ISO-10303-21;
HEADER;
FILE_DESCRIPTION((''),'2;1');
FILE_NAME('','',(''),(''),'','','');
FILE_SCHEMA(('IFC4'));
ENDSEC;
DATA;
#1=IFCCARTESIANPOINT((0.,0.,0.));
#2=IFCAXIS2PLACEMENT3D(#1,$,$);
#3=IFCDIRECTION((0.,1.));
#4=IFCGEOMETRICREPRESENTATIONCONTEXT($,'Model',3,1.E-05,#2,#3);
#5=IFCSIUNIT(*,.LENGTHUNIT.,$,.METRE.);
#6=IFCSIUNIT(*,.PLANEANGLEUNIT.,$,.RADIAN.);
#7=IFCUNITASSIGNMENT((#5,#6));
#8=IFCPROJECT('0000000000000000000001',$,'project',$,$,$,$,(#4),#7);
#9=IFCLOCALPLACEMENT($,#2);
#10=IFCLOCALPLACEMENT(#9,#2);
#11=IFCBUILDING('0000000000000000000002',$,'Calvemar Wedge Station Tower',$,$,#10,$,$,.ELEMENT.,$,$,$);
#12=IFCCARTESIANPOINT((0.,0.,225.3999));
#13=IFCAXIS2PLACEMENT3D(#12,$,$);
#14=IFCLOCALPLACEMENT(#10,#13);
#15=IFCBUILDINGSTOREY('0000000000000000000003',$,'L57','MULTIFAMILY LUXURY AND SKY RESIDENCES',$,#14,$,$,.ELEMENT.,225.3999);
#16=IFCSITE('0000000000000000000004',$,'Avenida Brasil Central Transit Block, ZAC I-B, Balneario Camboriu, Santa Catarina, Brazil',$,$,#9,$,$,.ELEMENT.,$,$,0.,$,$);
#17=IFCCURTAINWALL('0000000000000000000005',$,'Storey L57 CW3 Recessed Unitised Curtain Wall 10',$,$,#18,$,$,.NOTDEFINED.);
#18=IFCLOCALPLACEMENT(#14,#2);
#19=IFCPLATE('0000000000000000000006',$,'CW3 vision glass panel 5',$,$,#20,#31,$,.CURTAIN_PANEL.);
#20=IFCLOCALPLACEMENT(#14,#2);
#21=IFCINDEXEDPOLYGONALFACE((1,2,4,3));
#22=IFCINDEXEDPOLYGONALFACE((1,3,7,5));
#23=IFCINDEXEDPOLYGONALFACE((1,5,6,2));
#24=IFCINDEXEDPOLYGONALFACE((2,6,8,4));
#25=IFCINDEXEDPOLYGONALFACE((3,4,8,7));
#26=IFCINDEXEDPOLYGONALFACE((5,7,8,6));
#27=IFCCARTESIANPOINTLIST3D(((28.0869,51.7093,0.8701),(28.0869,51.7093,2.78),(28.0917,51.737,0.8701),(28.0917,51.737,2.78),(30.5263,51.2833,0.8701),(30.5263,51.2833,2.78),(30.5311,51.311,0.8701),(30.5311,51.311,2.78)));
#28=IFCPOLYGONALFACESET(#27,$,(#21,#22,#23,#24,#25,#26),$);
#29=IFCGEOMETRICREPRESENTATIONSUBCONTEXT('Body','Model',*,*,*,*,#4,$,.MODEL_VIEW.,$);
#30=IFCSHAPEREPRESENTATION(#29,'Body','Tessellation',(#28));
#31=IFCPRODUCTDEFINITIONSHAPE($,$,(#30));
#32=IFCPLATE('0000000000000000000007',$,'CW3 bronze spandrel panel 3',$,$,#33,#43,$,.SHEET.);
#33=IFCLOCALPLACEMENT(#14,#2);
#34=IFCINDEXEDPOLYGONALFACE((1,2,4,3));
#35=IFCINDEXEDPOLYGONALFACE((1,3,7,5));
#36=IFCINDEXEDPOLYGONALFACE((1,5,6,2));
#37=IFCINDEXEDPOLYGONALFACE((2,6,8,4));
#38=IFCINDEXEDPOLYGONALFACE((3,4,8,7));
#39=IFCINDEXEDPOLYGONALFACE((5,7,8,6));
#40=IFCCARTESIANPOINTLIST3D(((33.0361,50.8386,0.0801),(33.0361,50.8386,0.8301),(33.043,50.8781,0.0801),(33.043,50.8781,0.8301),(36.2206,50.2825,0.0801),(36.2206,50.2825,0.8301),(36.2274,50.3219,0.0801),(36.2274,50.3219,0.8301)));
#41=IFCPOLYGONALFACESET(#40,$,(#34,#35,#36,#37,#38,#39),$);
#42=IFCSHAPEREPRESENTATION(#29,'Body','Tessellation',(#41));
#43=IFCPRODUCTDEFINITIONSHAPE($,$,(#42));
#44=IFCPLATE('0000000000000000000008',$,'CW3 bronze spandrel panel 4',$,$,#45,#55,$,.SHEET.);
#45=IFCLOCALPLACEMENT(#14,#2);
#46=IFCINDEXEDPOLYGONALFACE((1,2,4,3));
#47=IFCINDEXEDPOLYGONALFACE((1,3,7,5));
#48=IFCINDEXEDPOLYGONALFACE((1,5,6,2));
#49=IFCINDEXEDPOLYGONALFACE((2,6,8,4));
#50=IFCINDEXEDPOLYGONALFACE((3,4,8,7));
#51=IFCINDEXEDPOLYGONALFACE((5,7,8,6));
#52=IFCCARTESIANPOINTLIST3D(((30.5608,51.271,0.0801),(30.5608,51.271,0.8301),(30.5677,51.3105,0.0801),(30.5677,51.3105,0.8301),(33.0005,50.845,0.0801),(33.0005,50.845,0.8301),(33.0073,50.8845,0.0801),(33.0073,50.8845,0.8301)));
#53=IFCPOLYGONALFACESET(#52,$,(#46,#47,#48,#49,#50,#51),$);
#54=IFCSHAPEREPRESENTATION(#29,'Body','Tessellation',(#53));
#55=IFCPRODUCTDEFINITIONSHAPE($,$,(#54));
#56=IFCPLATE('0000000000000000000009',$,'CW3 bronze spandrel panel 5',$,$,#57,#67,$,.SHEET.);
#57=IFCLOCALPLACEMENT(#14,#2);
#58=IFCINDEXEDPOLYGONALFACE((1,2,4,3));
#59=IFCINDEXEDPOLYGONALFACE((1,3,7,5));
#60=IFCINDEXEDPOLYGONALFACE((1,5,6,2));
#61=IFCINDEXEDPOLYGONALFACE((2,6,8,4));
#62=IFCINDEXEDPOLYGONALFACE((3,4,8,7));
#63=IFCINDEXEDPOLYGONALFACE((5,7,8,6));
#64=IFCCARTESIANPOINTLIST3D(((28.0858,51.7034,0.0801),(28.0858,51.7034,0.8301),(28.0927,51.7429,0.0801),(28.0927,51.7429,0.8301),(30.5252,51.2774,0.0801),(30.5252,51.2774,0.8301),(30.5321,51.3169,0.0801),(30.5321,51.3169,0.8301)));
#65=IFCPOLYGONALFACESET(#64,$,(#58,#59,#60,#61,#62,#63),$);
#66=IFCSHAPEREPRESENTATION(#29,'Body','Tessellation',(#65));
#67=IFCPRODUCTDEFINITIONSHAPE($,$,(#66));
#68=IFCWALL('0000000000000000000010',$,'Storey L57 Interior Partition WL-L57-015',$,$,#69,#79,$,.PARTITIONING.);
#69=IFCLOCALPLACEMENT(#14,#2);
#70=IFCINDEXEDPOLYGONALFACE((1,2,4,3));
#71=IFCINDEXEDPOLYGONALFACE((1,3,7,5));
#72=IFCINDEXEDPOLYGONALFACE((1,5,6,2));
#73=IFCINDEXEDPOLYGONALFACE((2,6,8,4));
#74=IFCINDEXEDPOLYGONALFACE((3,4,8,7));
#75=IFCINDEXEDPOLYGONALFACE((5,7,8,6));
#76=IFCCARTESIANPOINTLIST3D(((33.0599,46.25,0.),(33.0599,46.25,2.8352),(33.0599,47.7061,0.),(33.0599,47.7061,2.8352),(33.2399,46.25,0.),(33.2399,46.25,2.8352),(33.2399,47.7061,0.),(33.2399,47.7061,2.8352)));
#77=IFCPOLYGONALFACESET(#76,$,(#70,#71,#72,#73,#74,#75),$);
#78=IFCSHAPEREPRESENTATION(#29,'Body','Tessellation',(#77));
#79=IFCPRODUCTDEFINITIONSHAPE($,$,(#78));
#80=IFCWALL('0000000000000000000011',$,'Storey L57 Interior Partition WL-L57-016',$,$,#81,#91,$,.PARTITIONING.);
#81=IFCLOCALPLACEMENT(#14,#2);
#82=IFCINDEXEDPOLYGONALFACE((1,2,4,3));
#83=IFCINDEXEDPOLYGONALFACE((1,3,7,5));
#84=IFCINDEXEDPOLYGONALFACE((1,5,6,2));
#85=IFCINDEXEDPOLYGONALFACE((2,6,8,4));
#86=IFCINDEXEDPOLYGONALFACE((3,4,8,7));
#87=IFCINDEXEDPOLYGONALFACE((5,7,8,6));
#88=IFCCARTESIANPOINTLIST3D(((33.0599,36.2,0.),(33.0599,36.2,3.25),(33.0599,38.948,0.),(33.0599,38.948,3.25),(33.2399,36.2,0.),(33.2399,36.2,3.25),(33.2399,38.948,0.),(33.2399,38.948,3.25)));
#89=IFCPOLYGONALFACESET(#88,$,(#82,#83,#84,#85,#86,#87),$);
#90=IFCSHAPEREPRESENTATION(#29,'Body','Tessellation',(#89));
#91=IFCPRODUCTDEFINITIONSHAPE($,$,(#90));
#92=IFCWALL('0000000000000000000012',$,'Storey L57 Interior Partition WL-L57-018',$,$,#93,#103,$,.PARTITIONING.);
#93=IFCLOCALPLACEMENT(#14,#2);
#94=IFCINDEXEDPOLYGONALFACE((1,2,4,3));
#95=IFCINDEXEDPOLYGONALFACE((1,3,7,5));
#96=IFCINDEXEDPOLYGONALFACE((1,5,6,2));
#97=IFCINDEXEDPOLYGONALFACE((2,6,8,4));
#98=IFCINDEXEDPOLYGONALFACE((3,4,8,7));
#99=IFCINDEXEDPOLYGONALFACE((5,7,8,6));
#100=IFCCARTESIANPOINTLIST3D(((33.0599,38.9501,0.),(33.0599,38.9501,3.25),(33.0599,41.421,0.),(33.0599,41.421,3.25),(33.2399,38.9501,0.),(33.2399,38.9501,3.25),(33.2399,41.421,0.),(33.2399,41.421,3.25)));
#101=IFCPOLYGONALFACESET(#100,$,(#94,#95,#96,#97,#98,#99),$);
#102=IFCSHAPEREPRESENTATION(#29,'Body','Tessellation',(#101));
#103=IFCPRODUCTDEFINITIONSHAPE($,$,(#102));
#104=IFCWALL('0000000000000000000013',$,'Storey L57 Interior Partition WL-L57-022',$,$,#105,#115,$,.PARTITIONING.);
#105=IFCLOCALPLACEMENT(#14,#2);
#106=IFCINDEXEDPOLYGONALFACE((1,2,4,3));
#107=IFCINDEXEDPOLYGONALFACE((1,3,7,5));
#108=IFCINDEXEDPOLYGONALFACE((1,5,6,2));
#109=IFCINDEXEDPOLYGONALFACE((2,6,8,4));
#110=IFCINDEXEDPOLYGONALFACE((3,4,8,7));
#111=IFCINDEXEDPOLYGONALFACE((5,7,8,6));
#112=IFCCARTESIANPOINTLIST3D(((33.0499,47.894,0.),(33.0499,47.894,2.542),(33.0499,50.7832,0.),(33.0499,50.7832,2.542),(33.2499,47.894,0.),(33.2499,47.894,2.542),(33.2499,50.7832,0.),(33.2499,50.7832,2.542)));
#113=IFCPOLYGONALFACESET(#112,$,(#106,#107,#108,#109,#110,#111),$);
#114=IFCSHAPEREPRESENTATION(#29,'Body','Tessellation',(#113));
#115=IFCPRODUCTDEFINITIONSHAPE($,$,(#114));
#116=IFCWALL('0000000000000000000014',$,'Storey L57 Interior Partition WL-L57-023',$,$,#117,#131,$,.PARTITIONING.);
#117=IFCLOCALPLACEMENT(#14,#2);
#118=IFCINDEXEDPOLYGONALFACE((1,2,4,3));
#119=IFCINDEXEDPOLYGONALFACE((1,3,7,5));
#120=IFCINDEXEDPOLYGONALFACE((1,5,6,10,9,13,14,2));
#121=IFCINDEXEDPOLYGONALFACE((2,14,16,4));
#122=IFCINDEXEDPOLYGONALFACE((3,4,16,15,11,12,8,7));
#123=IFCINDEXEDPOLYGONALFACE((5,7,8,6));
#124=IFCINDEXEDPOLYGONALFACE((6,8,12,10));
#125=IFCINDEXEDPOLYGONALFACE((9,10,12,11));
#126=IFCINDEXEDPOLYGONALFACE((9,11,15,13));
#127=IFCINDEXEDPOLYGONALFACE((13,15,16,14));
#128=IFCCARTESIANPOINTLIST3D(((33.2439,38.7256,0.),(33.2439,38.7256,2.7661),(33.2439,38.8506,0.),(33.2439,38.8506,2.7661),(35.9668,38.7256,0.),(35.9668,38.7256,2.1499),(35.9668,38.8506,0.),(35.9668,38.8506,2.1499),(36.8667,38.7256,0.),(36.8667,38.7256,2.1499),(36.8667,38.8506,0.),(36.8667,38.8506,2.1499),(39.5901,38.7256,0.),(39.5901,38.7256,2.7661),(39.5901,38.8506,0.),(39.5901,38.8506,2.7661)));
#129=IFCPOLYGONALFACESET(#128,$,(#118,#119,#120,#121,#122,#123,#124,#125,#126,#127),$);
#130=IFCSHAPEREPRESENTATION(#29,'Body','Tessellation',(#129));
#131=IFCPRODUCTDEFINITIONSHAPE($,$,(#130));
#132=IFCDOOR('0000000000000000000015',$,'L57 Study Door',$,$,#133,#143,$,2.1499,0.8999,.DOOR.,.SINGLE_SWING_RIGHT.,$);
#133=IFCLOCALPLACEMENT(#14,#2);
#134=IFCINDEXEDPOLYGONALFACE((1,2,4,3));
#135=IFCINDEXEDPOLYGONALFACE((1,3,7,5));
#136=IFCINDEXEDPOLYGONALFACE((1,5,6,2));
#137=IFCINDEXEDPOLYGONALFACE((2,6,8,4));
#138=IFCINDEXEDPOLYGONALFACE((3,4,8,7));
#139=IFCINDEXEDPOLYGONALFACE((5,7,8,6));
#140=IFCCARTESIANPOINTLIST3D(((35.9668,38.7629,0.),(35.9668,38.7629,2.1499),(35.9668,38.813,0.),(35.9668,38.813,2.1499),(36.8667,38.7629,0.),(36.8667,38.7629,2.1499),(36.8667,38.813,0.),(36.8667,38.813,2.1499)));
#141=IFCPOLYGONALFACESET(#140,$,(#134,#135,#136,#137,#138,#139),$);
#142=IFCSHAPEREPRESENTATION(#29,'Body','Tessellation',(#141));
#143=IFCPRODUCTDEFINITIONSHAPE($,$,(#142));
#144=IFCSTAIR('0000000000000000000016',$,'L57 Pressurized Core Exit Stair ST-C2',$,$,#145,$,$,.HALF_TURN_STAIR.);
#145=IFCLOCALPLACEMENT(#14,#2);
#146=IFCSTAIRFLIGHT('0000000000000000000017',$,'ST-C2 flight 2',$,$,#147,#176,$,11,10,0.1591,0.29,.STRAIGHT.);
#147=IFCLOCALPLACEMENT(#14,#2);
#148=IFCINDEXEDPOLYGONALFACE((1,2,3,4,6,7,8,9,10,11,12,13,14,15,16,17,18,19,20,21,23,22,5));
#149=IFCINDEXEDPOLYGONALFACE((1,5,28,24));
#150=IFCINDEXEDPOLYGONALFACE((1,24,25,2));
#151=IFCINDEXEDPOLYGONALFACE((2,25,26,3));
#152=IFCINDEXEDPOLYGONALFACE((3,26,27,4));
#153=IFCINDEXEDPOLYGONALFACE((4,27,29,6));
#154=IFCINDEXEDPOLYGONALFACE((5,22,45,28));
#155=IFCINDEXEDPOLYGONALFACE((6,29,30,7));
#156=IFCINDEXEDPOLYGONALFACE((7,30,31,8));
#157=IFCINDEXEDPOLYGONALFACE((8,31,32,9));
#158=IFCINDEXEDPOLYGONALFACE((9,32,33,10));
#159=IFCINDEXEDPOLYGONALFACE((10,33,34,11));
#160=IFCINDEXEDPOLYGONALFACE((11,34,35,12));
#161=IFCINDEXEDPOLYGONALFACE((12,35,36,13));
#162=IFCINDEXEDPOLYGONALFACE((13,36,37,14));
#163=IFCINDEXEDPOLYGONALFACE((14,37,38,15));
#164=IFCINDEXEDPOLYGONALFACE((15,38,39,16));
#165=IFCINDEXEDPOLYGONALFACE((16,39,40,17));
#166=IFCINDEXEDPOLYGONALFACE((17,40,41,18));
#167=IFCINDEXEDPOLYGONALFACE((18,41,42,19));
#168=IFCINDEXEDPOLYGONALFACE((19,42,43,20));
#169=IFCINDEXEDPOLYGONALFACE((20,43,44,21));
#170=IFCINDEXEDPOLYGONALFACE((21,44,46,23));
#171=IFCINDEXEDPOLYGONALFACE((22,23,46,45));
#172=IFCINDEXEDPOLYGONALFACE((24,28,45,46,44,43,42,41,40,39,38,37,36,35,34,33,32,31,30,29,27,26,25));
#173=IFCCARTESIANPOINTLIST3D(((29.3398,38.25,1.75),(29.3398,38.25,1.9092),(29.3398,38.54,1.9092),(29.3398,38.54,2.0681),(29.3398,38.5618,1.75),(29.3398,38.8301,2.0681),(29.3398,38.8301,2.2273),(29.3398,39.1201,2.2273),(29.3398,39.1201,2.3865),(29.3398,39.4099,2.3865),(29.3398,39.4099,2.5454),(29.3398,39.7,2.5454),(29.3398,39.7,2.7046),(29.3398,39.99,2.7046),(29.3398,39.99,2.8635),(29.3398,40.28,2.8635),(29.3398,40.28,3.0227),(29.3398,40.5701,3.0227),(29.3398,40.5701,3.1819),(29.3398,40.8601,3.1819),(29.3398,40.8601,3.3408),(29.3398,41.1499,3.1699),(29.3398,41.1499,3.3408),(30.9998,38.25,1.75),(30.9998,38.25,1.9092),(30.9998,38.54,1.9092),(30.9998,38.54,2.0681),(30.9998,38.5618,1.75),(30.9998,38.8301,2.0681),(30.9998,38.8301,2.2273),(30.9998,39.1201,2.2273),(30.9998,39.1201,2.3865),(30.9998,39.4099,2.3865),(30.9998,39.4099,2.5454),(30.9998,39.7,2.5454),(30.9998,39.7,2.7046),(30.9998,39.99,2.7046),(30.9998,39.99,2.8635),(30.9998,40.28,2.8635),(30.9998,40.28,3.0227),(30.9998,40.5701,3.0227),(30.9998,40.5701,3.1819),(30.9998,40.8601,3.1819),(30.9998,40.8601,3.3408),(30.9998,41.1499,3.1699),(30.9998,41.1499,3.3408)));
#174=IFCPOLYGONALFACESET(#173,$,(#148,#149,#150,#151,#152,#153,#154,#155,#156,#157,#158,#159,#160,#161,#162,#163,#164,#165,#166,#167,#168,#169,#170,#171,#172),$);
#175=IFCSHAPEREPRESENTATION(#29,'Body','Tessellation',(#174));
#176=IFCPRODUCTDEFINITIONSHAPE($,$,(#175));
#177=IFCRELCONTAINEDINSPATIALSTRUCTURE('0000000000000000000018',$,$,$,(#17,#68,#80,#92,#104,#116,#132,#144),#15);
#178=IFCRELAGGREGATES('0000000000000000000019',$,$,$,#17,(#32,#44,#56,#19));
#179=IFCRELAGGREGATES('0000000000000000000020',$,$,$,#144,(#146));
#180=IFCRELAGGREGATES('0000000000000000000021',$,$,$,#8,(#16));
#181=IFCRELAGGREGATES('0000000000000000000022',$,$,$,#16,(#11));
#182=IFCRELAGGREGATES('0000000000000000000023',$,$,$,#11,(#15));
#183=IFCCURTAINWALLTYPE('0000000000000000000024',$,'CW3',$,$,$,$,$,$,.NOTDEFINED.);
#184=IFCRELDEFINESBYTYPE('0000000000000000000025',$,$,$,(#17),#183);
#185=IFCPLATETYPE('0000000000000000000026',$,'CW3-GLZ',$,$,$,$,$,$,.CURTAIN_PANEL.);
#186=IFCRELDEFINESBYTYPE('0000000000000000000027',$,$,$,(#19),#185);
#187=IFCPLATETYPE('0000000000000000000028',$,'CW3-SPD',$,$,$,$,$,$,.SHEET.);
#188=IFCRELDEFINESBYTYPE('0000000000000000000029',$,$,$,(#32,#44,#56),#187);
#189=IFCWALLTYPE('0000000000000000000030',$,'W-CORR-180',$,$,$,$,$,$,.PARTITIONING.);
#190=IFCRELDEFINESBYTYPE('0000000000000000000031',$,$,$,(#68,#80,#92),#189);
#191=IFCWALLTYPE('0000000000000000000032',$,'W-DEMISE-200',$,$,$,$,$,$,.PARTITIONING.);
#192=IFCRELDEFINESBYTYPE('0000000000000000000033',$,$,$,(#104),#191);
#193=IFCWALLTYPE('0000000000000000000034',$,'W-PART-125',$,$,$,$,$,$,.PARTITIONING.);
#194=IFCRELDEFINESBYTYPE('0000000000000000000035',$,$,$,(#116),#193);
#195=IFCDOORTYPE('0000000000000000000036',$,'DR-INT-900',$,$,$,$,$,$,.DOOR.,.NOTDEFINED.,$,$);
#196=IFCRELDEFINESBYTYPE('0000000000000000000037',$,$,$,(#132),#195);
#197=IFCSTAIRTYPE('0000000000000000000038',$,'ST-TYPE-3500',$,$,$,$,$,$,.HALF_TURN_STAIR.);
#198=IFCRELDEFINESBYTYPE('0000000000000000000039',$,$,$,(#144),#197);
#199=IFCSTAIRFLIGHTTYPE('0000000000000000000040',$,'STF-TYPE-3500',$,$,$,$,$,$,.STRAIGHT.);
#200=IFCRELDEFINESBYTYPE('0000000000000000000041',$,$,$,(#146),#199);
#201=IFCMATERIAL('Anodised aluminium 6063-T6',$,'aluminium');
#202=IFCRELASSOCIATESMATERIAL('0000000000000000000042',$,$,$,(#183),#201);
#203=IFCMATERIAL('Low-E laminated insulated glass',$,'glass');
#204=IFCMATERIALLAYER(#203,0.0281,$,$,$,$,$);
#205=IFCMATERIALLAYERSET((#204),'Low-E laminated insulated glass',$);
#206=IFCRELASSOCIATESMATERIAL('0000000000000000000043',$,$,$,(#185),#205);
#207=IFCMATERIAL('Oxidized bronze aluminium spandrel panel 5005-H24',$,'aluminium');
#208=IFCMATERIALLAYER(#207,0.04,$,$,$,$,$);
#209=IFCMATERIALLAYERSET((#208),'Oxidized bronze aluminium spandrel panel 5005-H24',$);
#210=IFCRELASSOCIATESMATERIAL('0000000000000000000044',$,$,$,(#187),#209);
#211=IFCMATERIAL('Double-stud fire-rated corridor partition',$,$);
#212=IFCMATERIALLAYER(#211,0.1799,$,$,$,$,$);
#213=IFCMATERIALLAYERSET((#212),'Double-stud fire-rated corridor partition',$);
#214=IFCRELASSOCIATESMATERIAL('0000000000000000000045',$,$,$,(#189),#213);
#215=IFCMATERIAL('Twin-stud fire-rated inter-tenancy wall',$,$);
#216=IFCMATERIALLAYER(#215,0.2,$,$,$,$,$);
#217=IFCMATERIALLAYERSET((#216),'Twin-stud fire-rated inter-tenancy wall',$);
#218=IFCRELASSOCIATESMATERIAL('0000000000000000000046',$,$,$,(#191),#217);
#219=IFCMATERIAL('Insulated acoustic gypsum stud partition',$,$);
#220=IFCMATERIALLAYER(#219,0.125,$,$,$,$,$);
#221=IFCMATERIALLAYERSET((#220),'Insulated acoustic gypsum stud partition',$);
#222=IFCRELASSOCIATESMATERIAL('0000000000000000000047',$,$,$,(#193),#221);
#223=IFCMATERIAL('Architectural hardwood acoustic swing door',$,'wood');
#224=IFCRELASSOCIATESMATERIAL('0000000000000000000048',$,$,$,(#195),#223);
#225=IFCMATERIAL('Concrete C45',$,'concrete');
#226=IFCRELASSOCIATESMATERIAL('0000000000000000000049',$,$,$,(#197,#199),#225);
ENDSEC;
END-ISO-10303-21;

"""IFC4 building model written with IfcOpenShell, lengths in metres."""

from ifc_helpers import new_model, si_unit, direction, frame, frame_2d, origin, place, context, subcontext, project, spatial, polyline, rectangle, outline, extrude, source, transform, mapped, material, layer, layer_set, type_object, element, fill, aggregate, save


model = new_model("IFC4")

# Units and contexts
model_context = context("Model", 3, precision=1e-05, world=origin(), true_north=direction((0.0, 1.0)))
body_context = subcontext(model_context, "Body", "Model", "MODEL_VIEW")
ifc_project = project(units=[si_unit("LENGTHUNIT", "METRE"), si_unit("PLANEANGLEUNIT", "RADIAN")], contexts=[model_context])

# Site, building, storey
site_placement = place(None, origin())
site = spatial("IfcSite", under=ifc_project, at=site_placement, Name="Avenida Brasil Central Transit Block, ZAC I-B, Balneario Camboriu, Santa Catarina, Brazil", CompositionType="ELEMENT", RefElevation=0.0)
building_placement = place(site_placement, origin())
building = spatial("IfcBuilding", under=site, at=building_placement, Name="Calvemar Wedge Station Tower", CompositionType="ELEMENT")
storey_placement = place(building_placement, frame((0.0, 0.0, 225.3999)))
storey = spatial("IfcBuildingStorey", under=building, at=storey_placement, Name="L57", Description="MULTIFAMILY LUXURY AND SKY RESIDENCES", CompositionType="ELEMENT", Elevation=225.3999)

# Curtain wall, plates
ifc_material_1 = material(Name="Anodised aluminium 6063-T6", Category="aluminium")
curtain_wall_type = type_object("IfcCurtainWallType", Name="CW3", PredefinedType="NOTDEFINED", material=ifc_material_1)
curtain_wall_placement = place(storey_placement, origin())
curtain_wall = element("IfcCurtainWall", 1, at=curtain_wall_placement, inside=storey, type_object=curtain_wall_type, Name="Storey L57 CW3 Recessed Unitised Curtain Wall 10", PredefinedType="NOTDEFINED")
ifc_material_2 = material(Name="Low-E laminated insulated glass", Category="glass")
ifc_layer_1 = layer(ifc_material_2, 0.0281)
ifc_layer_set_1 = layer_set([ifc_layer_1], Name="Low-E laminated insulated glass")
plate_type_1 = type_object("IfcPlateType", Name="CW3-GLZ", PredefinedType="CURTAIN_PANEL", material=ifc_layer_set_1)
plate_1_placement = place(storey_placement, frame((30.5288, 51.2971, 0.8701), z_axis=(0.0, 0.0, 1.0), x_axis=(-0.985091, 0.172036, 0.0)))
plate_1 = element("IfcPlate", 2, at=plate_1_placement, type_object=plate_type_1, Name="CW3 vision glass panel 5", PredefinedType="CURTAIN_PANEL", context=body_context, shape_type="SweptSolid", body=[
    extrude(rectangle(XDim=2.4763, YDim=0.0281, at=frame_2d((1.2383, 0.0))), origin(), (0.0, 0.0, 1.0), 1.9099),
])
ifc_material_3 = material(Name="Oxidized bronze aluminium spandrel panel 5005-H24", Category="aluminium")
ifc_layer_2 = layer(ifc_material_3, 0.04)
ifc_layer_set_2 = layer_set([ifc_layer_2], Name="Oxidized bronze aluminium spandrel panel 5005-H24")
plate_type_2 = type_object("IfcPlateType", Name="CW3-SPD", PredefinedType="SHEET", material=ifc_layer_set_2)
plate_2_placement = place(storey_placement, frame((36.2239, 50.3022, 0.0801), z_axis=(0.0, 0.0, 1.0), x_axis=(-0.985091, 0.172036, 0.0)))
plate_2 = element("IfcPlate", 3, at=plate_2_placement, type_object=plate_type_2, Name="CW3 bronze spandrel panel 3", PredefinedType="SHEET", context=body_context, shape_type="SweptSolid", body=[
    extrude(rectangle(XDim=3.2327, YDim=0.04, at=frame_2d((1.6162, 0.0))), origin(), (0.0, 0.0, 1.0), 0.75),
])
plate_3_placement = place(storey_placement, frame((33.0039, 50.8647, 0.0801), z_axis=(0.0, 0.0, 1.0), x_axis=(-0.985094, 0.172019, 0.0)))
plate_3 = element("IfcPlate", 4, at=plate_3_placement, type_object=plate_type_2, Name="CW3 bronze spandrel panel 4", PredefinedType="SHEET", context=body_context, shape_type="SweptSolid", body=[
    extrude(rectangle(XDim=2.4766, YDim=0.04, at=frame_2d((1.2383, 0.0))), origin(), (0.0, 0.0, 1.0), 0.75),
])
plate_4_placement = place(storey_placement, frame((30.5288, 51.2971, 0.0801), z_axis=(0.0, 0.0, 1.0), x_axis=(-0.985091, 0.172036, 0.0)))
plate_4 = element("IfcPlate", 5, at=plate_4_placement, type_object=plate_type_2, Name="CW3 bronze spandrel panel 5", PredefinedType="SHEET", context=body_context, shape_type="SweptSolid", body=[
    extrude(rectangle(XDim=2.4763, YDim=0.04, at=frame_2d((1.2383, 0.0))), origin(), (0.0, 0.0, 1.0), 0.75),
])
aggregate(curtain_wall, [plate_2, plate_3, plate_4, plate_1])

# Walls
ifc_material_4 = material(Name="Double-stud fire-rated corridor partition")
ifc_layer_3 = layer(ifc_material_4, 0.1799)
ifc_layer_set_3 = layer_set([ifc_layer_3], Name="Double-stud fire-rated corridor partition")
wall_type_1 = type_object("IfcWallType", Name="W-CORR-180", PredefinedType="PARTITIONING", material=ifc_layer_set_3)
wall_1_placement = place(storey_placement, frame((33.1499, 47.7061, 0.0), z_axis=(0.0, 0.0, 1.0), x_axis=(0.0, -1.0, 0.0)))
element("IfcWall", 6, at=wall_1_placement, inside=storey, type_object=wall_type_1, Name="Storey L57 Interior Partition WL-L57-015", PredefinedType="PARTITIONING", context=body_context, shape_type="SweptSolid", body=[
    extrude(rectangle(XDim=1.4561, YDim=0.1799, at=frame_2d((0.728, 0.0))), origin(), (0.0, 0.0, 1.0), 2.8352),
])
wall_2_placement = place(storey_placement, frame((33.1499, 38.948, 0.0), z_axis=(0.0, 0.0, 1.0), x_axis=(0.0, -1.0, 0.0)))
element("IfcWall", 7, at=wall_2_placement, inside=storey, type_object=wall_type_1, Name="Storey L57 Interior Partition WL-L57-016", PredefinedType="PARTITIONING", context=body_context, shape_type="SweptSolid", body=[
    extrude(rectangle(XDim=2.748, YDim=0.1799, at=frame_2d((1.374, 0.0))), origin(), (0.0, 0.0, 1.0), 3.25),
])

# Walls
wall_3_placement = place(storey_placement, frame((33.1499, 41.4209, 0.0), z_axis=(0.0, 0.0, 1.0), x_axis=(0.0, -1.0, 0.0)))
element("IfcWall", 8, at=wall_3_placement, inside=storey, type_object=wall_type_1, Name="Storey L57 Interior Partition WL-L57-018", PredefinedType="PARTITIONING", context=body_context, shape_type="SweptSolid", body=[
    extrude(rectangle(XDim=2.4709, YDim=0.1799, at=frame_2d((1.2354, 0.0))), origin(), (0.0, 0.0, 1.0), 3.25),
])
ifc_material_5 = material(Name="Twin-stud fire-rated inter-tenancy wall")
ifc_layer_4 = layer(ifc_material_5, 0.2)
ifc_layer_set_4 = layer_set([ifc_layer_4], Name="Twin-stud fire-rated inter-tenancy wall")
wall_type_2 = type_object("IfcWallType", Name="W-DEMISE-200", PredefinedType="PARTITIONING", material=ifc_layer_set_4)
wall_4_placement = place(storey_placement, frame((33.1499, 50.7832, 0.0), z_axis=(0.0, 0.0, 1.0), x_axis=(0.0, -1.0, 0.0)))
element("IfcWall", 9, at=wall_4_placement, inside=storey, type_object=wall_type_2, Name="Storey L57 Interior Partition WL-L57-022", PredefinedType="PARTITIONING", context=body_context, shape_type="SweptSolid", body=[
    extrude(rectangle(XDim=2.8892, YDim=0.2, at=frame_2d((1.4446, 0.0))), origin(), (0.0, 0.0, 1.0), 2.542),
])

# Wall, opening, door
ifc_material_6 = material(Name="Insulated acoustic gypsum stud partition")
ifc_layer_5 = layer(ifc_material_6, 0.125)
ifc_layer_set_5 = layer_set([ifc_layer_5], Name="Insulated acoustic gypsum stud partition")
wall_type_3 = type_object("IfcWallType", Name="W-PART-125", PredefinedType="PARTITIONING", material=ifc_layer_set_5)
wall_5_placement = place(storey_placement, frame((33.2439, 38.7881, 0.0), z_axis=(0.0, 0.0, 1.0), x_axis=(1.0, 0.0, 0.0)))
wall_5 = element("IfcWall", 10, at=wall_5_placement, inside=storey, type_object=wall_type_3, Name="Storey L57 Interior Partition WL-L57-023", PredefinedType="PARTITIONING", context=body_context, shape_type="SweptSolid", body=[
    extrude(rectangle(XDim=6.3462, YDim=0.125, at=frame_2d((3.1731, 0.0))), origin(), (0.0, 0.0, 1.0), 2.7661),
])
shared_shape_1 = source(origin(), body_context, "Body", "SweptSolid", [
    extrude(rectangle(XDim=0.8999, YDim=2.1499, at=frame_2d((0.45, 1.075))), frame((0.0, 0.0725, 0.0), z_axis=(0.0, -1.0, 0.0), x_axis=(1.0, 0.0, 0.0)), (0.0, 0.0, 1.0), 0.145),
])
opening_1_placement = place(wall_5_placement, frame((2.7229, 0.0, 0.0)))
opening_1 = element("IfcOpeningElement", 11, at=opening_1_placement, cuts=wall_5, PredefinedType="OPENING", context=body_context, shape_type="MappedRepresentation", body=[
    mapped(shared_shape_1, transform((0.0, 0.0, 0.0), scale=1.0)),
])
ifc_material_7 = material(Name="Architectural hardwood acoustic swing door", Category="wood")
door_type_1 = type_object("IfcDoorType", Name="DR-INT-900", OperationType="NOTDEFINED", PredefinedType="DOOR", material=ifc_material_7)
shared_shape_2 = source(origin(), body_context, "Body", "SweptSolid", [
    extrude(rectangle(XDim=0.8999, YDim=2.1499, at=frame_2d((0.45, 1.075))), frame((0.0, 0.0249, 0.0), z_axis=(0.0, -1.0, 0.0), x_axis=(1.0, 0.0, 0.0)), (0.0, 0.0, 1.0), 0.05),
])
door_1_placement = place(opening_1_placement, origin())
door_1 = element("IfcDoor", 12, at=door_1_placement, inside=storey, type_object=door_type_1, Name="L57 Study Door", OperationType="SINGLE_SWING_RIGHT", OverallHeight=2.1499, OverallWidth=0.8999, PredefinedType="DOOR", context=body_context, shape_type="MappedRepresentation", body=[
    mapped(shared_shape_2, transform((0.0, 0.0, 0.0), scale=1.0)),
])
fill(opening_1, door_1)

# Stair, stair flight
ifc_material_8 = material(Name="Concrete C45", Category="concrete")
stair_type = type_object("IfcStairType", Name="ST-TYPE-3500", PredefinedType="HALF_TURN_STAIR", material=ifc_material_8)
stair_placement = place(storey_placement, origin())
stair = element("IfcStair", 13, at=stair_placement, inside=storey, type_object=stair_type, Name="L57 Pressurized Core Exit Stair ST-C2", PredefinedType="HALF_TURN_STAIR")
stair_flight_type = type_object("IfcStairFlightType", Name="STF-TYPE-3500", PredefinedType="STRAIGHT", material=ifc_material_8)
stair_flight_placement = place(storey_placement, frame((30.1699, 38.25, 1.75), z_axis=(0.0, 0.0, 1.0), x_axis=(0.0, 1.0, 0.0)))
stair_flight = element("IfcStairFlight", 14, at=stair_flight_placement, type_object=stair_flight_type, Name="ST-C2 flight 2", NumberOfRisers=11, NumberOfTreads=10, PredefinedType="STRAIGHT", RiserHeight=0.1591, TreadLength=0.29, context=body_context, shape_type="SweptSolid", body=[
    extrude(outline(polyline([(0.0, 0.0), (0.0, 0.1592), (0.29, 0.1592), (0.29, 0.3181), (0.5801, 0.3181), (0.5801, 0.4773), (0.8701, 0.4773), (0.8701, 0.6365), (1.1599, 0.6365), (1.1599, 0.7954), (1.45, 0.7954), (1.45, 0.9546), (1.74, 0.9546), (1.74, 1.1135), (2.03, 1.1135), (2.03, 1.2727), (2.3201, 1.2727), (2.3201, 1.4319), (2.6101, 1.4319), (2.6101, 1.5908), (2.8999, 1.5908), (2.8999, 1.75), (2.8999, 1.4199), (0.3118, 0.0), (0.0, 0.0)])), frame((0.0, 0.8301, 0.0), z_axis=(0.0, -1.0, 0.0), x_axis=(1.0, 0.0, 0.0)), (0.0, 0.0, 1.0), 1.6599),
])
aggregate(stair, [stair_flight])

save(model, "model.ifc")
